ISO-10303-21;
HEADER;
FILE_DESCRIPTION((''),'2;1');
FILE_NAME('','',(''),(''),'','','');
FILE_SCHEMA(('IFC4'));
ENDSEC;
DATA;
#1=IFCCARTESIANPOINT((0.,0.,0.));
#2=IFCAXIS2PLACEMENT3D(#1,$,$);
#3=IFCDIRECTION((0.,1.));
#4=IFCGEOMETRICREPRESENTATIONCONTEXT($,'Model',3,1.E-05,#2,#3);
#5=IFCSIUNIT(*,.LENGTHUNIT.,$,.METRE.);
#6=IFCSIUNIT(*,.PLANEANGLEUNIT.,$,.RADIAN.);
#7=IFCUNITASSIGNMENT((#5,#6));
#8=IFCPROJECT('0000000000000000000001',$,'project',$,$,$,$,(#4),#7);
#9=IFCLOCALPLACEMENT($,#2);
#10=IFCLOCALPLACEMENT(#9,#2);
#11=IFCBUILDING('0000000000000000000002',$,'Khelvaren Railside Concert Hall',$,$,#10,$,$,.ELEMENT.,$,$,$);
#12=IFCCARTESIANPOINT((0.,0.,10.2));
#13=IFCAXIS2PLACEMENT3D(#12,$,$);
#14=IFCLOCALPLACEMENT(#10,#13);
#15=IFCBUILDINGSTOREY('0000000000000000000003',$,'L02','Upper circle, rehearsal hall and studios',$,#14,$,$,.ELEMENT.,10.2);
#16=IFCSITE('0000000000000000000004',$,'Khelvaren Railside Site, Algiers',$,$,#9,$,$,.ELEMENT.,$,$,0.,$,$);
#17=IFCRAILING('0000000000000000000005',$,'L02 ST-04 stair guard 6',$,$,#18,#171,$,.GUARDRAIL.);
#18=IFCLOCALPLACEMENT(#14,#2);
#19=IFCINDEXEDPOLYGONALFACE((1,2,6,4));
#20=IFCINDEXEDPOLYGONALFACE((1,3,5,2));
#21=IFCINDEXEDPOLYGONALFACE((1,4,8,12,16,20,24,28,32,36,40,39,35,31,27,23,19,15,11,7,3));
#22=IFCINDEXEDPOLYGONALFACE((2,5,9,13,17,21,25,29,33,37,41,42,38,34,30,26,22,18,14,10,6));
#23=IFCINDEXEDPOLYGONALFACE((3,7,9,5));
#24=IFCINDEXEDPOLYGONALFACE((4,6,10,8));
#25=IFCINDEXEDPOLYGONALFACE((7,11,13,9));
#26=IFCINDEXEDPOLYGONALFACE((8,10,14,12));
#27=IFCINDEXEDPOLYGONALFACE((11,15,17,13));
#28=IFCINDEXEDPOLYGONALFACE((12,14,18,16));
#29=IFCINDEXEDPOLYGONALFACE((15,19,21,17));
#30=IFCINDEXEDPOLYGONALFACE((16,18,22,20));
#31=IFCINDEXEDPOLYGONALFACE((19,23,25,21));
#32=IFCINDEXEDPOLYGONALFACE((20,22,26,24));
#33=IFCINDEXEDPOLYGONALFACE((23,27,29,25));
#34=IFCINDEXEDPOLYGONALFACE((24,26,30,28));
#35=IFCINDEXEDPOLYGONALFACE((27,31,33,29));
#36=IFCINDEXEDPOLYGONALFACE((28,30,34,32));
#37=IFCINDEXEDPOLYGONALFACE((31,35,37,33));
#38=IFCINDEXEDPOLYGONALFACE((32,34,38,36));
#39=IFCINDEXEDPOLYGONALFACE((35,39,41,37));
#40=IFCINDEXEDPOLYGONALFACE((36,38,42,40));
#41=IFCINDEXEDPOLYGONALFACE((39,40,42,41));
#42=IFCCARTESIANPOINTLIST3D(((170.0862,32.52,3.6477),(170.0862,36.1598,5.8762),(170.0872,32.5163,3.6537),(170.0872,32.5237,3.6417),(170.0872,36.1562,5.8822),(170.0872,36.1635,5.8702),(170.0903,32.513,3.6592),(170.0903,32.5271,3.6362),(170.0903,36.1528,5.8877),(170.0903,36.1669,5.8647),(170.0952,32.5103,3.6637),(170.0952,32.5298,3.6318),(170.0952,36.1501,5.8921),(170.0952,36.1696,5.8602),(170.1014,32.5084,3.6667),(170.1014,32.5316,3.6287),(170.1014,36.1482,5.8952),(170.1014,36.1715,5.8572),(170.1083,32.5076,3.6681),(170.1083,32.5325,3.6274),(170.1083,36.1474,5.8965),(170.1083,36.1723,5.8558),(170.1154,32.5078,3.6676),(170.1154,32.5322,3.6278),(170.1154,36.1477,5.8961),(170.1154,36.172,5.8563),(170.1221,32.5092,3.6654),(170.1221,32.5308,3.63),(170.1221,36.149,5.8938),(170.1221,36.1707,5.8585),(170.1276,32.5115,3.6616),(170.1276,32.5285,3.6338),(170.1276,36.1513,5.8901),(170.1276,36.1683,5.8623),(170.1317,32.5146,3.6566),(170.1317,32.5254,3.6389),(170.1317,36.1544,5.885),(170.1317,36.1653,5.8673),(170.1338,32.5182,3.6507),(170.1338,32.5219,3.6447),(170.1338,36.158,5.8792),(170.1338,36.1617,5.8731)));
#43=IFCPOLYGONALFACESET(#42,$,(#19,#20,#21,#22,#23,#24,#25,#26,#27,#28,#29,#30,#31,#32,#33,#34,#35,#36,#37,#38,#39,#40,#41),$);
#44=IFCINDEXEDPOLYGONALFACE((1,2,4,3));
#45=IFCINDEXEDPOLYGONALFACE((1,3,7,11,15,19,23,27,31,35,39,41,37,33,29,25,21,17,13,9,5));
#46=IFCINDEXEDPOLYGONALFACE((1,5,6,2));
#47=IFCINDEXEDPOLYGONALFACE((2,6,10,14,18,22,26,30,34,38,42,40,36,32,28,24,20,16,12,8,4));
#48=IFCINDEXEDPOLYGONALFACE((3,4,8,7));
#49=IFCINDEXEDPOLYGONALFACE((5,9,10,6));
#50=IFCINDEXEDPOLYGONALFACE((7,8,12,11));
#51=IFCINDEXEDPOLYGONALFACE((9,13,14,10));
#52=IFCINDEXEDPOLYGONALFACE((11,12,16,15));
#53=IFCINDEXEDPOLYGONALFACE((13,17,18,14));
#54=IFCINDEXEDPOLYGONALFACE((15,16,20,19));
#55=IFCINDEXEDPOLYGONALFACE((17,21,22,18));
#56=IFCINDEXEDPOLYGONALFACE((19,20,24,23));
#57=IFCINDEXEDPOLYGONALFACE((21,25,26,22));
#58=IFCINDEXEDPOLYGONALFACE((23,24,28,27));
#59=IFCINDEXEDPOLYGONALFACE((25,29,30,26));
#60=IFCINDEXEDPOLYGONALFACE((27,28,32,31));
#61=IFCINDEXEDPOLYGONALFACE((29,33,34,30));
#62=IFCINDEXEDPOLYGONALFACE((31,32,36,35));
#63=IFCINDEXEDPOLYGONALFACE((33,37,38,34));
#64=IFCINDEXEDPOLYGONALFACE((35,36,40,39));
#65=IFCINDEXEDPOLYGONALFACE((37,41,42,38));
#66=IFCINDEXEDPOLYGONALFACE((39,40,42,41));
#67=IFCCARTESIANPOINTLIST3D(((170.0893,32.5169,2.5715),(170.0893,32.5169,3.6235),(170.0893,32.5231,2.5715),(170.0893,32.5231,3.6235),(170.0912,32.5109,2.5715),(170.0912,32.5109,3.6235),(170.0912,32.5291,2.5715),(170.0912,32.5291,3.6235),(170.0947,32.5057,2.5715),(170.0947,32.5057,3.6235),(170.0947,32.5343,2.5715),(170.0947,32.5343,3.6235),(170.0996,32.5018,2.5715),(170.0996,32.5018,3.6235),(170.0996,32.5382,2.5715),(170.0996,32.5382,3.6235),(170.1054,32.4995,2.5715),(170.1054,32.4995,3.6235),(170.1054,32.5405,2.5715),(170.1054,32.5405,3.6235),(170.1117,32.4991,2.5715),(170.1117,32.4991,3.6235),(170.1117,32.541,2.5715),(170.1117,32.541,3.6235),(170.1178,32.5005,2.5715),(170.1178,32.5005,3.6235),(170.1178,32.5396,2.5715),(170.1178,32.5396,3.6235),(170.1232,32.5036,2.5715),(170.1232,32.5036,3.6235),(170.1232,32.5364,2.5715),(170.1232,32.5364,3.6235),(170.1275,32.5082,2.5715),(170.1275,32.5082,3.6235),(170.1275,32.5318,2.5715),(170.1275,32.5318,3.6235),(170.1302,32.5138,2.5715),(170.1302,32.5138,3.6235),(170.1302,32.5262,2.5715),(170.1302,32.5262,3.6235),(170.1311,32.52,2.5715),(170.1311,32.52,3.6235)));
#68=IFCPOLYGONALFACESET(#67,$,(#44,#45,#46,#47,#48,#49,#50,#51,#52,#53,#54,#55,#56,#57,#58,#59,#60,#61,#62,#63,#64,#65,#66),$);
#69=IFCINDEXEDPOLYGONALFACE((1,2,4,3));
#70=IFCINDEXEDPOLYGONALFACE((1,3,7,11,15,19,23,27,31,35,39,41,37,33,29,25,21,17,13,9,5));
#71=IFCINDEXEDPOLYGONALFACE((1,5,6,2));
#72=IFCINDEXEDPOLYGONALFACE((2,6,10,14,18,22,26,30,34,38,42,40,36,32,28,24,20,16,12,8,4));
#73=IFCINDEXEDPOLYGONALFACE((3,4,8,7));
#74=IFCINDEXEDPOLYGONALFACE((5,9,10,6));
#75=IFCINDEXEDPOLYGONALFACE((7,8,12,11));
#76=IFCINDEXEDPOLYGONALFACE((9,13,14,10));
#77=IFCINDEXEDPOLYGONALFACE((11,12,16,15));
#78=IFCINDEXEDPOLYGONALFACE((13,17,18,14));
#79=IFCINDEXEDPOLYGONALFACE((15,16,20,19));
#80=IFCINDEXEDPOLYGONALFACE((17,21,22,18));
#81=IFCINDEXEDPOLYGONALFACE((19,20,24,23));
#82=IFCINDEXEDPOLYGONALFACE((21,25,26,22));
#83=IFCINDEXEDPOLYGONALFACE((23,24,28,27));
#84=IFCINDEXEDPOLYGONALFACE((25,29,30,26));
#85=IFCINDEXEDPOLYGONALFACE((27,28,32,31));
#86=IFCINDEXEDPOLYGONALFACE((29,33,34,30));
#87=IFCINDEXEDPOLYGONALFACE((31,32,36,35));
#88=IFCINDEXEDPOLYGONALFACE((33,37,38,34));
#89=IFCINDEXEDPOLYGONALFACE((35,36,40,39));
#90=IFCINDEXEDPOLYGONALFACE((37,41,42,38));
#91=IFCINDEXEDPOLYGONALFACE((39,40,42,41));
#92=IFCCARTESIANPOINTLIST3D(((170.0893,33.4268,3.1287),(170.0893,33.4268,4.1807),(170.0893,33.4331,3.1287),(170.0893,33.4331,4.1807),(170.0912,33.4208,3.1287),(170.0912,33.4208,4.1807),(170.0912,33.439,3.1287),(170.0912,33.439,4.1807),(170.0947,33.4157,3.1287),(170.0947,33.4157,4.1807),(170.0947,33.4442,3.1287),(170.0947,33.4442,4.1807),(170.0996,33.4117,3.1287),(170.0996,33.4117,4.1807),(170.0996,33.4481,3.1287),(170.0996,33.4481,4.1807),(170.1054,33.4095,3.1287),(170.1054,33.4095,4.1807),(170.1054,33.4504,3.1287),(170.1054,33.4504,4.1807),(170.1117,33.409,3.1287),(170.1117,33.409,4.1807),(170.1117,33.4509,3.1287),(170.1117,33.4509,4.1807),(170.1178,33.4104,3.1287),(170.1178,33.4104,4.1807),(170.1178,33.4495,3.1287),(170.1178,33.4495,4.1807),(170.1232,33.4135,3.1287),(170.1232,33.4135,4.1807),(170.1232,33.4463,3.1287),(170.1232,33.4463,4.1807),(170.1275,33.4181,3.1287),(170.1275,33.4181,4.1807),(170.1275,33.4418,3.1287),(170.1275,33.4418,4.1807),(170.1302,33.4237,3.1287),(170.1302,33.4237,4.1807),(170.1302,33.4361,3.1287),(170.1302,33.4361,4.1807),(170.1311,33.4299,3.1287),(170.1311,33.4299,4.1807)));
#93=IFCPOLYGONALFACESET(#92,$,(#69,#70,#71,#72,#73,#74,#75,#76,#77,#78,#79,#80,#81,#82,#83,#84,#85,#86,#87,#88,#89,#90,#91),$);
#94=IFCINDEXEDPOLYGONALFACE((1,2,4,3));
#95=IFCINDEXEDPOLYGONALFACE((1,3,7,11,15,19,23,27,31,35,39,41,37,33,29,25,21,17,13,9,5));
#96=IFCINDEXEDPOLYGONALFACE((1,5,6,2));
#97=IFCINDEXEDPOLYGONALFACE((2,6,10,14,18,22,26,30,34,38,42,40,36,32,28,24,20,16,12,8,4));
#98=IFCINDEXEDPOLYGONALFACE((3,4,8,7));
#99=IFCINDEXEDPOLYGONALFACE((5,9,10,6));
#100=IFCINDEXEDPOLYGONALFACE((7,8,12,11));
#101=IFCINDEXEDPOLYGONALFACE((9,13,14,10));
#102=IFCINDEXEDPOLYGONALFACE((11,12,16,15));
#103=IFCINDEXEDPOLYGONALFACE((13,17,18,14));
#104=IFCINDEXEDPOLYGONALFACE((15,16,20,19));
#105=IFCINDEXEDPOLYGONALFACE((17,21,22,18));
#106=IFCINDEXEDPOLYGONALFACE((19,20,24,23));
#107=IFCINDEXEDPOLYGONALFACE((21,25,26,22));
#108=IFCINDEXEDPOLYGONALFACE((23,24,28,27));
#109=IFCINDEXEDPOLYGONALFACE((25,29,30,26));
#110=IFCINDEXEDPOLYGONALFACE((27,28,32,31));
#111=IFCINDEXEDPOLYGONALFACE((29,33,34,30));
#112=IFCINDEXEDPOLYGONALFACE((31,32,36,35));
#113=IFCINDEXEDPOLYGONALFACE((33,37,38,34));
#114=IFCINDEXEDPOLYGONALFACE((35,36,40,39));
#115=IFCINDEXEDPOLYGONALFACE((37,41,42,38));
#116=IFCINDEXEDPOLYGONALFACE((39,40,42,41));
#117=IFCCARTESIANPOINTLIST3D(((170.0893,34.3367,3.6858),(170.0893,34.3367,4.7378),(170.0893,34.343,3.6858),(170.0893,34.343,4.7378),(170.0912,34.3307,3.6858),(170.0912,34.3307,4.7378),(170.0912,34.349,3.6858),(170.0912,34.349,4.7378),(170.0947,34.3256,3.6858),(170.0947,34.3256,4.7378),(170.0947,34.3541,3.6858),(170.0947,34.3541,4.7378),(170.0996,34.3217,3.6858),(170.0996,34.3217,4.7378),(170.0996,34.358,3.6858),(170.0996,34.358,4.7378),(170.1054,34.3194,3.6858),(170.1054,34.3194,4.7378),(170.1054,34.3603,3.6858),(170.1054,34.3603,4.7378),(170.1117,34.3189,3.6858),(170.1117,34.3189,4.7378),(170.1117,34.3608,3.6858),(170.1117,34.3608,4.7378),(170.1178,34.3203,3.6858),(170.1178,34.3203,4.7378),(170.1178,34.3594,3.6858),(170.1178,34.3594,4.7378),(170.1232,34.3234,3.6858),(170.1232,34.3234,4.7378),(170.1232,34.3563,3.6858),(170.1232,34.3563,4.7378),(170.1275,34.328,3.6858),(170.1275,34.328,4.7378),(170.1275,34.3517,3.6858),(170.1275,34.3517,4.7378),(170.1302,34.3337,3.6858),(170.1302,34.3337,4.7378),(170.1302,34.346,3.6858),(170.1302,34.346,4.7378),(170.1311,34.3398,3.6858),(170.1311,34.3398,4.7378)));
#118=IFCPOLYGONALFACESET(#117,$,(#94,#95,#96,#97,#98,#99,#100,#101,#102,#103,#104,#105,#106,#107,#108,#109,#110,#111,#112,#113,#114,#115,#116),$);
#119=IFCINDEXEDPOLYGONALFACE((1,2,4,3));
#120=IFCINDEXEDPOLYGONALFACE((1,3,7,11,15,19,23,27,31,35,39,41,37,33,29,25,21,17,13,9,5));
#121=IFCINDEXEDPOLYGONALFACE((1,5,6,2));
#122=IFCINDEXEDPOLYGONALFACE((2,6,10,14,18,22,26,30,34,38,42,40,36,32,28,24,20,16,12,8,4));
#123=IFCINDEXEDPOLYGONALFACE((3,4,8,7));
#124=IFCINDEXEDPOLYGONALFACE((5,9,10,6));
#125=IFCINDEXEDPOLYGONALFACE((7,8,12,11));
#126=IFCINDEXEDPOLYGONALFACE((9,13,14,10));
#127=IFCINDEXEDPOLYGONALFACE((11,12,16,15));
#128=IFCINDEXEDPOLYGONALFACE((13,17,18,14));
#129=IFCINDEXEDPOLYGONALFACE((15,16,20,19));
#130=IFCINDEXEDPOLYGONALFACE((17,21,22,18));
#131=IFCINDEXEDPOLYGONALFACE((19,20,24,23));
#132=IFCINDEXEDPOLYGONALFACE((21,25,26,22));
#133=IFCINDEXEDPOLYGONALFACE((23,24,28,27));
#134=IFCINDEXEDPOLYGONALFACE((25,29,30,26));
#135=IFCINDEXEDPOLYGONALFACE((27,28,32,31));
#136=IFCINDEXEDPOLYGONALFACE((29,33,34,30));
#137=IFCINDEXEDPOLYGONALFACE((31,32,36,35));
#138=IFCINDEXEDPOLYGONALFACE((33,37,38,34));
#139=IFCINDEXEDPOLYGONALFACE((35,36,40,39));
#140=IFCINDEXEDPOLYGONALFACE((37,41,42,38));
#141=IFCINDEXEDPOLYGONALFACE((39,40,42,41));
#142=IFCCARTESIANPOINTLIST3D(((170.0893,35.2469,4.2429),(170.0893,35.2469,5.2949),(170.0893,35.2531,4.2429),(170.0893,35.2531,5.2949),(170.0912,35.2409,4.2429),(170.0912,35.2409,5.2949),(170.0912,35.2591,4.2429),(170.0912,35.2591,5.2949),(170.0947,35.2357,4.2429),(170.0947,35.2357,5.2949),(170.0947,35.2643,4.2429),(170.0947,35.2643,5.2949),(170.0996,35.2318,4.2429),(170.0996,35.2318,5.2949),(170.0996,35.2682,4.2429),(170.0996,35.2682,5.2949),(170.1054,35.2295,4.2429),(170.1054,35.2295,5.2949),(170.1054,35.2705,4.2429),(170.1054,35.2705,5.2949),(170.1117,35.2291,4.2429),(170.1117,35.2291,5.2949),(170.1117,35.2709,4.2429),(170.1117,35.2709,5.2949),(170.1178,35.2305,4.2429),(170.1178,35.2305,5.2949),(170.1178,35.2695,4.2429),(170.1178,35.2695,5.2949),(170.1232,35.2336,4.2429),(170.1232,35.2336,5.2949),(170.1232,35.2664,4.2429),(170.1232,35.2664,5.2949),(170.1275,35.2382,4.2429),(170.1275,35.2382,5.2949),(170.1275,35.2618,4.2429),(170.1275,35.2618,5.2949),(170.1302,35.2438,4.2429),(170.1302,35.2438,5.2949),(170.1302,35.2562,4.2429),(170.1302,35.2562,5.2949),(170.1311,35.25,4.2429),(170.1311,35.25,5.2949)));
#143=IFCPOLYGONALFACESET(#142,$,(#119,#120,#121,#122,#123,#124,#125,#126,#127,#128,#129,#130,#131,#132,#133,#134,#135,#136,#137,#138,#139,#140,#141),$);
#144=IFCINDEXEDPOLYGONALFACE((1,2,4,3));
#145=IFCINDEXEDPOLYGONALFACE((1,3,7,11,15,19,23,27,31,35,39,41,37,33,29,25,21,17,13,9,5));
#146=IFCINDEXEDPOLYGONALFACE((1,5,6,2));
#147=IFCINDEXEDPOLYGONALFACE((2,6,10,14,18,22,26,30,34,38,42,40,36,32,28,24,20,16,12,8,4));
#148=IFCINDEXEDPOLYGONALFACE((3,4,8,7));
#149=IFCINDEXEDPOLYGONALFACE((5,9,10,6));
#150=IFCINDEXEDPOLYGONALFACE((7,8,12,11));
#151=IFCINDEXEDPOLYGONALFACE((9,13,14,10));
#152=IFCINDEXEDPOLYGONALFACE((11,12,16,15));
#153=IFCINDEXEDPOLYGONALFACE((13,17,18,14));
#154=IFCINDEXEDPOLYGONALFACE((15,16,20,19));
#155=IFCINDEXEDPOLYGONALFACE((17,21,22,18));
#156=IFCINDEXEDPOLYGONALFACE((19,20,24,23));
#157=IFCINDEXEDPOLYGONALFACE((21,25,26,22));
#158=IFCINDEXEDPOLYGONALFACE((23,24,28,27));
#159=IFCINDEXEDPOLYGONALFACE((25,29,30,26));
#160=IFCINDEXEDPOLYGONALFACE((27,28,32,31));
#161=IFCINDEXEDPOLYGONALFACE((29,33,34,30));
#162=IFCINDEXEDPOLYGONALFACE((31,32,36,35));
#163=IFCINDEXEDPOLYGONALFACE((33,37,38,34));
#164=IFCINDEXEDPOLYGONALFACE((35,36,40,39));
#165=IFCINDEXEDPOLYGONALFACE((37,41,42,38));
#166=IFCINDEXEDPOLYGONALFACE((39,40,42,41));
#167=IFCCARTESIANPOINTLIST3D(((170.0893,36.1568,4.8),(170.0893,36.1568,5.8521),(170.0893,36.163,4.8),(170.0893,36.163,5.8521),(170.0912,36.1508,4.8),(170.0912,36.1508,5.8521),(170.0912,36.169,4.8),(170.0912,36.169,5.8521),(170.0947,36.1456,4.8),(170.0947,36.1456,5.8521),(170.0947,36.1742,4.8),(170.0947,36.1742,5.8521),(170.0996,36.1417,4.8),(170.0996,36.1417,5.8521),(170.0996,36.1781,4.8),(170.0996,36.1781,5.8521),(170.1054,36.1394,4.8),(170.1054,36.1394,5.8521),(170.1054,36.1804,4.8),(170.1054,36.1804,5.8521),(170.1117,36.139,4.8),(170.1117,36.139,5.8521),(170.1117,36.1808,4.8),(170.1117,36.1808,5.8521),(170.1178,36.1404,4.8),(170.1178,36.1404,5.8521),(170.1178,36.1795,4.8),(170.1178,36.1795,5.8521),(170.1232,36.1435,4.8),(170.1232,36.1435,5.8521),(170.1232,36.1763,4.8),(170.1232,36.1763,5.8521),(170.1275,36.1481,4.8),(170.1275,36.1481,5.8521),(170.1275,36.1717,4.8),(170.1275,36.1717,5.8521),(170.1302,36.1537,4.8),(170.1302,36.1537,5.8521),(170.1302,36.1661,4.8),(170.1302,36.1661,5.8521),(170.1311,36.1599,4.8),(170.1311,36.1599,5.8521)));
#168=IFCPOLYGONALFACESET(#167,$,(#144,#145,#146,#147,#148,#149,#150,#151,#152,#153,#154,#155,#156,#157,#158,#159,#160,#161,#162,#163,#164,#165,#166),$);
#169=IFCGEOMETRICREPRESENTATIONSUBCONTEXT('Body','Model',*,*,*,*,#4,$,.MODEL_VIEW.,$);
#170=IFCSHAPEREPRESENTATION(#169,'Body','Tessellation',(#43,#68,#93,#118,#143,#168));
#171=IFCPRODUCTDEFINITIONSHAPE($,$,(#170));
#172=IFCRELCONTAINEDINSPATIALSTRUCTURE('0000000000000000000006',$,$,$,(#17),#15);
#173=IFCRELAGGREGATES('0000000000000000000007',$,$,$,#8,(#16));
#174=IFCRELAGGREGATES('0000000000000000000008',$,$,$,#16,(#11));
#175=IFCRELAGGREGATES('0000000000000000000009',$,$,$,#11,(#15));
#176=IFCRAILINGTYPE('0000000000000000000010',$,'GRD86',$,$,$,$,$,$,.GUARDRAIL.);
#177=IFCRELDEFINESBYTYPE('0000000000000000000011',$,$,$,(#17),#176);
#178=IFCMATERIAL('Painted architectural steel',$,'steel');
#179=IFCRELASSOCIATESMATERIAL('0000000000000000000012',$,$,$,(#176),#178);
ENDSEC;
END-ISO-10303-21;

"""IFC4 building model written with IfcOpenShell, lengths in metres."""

from ifc_helpers import new_model, si_unit, direction, frame, origin, origin_2d, place, context, subcontext, project, spatial, circle, extrude, material, type_object, element, save


model = new_model("IFC4")

# Units and contexts
model_context = context("Model", 3, precision=1e-05, world=origin(), true_north=direction((0.0, 1.0)))
body_context = subcontext(model_context, "Body", "Model", "MODEL_VIEW")
ifc_project = project(units=[si_unit("LENGTHUNIT", "METRE"), si_unit("PLANEANGLEUNIT", "RADIAN")], contexts=[model_context])

# Site, building, storey
site_placement = place(None, origin())
site = spatial("IfcSite", under=ifc_project, at=site_placement, Name="Khelvaren Railside Site, Algiers", CompositionType="ELEMENT", RefElevation=0.0)
building_placement = place(site_placement, origin())
building = spatial("IfcBuilding", under=site, at=building_placement, Name="Khelvaren Railside Concert Hall", CompositionType="ELEMENT")
storey_placement = place(building_placement, frame((0.0, 0.0, 10.2)))
storey = spatial("IfcBuildingStorey", under=building, at=storey_placement, Name="L02", Description="Upper circle, rehearsal hall and studios", CompositionType="ELEMENT", Elevation=10.2)

# Railing
ifc_material_1 = material(Name="Painted architectural steel", Category="steel")
railing_type_1 = type_object("IfcRailingType", Name="GRD86", PredefinedType="GUARDRAIL", material=ifc_material_1)
railing_1_placement = place(storey_placement, frame((170.1101, 32.52, 2.5715)))
element("IfcRailing", 1, at=railing_1_placement, inside=storey, type_object=railing_type_1, Name="L02 ST-04 stair guard 6", PredefinedType="GUARDRAIL", context=body_context, shape_type="SweptSolid", body=[
    extrude(circle(Radius=0.0239, at=origin_2d()), frame((0.0, 0.0, 1.0762), z_axis=(0.0, 0.85285, 0.522156), x_axis=(-1.0, 0.0, 0.0)), (0.0, 0.0, 1.0), 4.2678),
    extrude(circle(Radius=0.021, at=origin_2d()), origin(), (0.0, 0.0, 1.0), 1.052),
    extrude(circle(Radius=0.021, at=origin_2d()), frame((0.0, 0.9099, 0.5571)), (0.0, 0.0, 1.0), 1.052),
    extrude(circle(Radius=0.021, at=origin_2d()), frame((0.0, 1.8198, 1.1143)), (0.0, 0.0, 1.0), 1.052),
    extrude(circle(Radius=0.021, at=origin_2d()), frame((0.0, 2.73, 1.6714)), (0.0, 0.0, 1.0), 1.052),
    extrude(circle(Radius=0.021, at=origin_2d()), frame((0.0, 3.6399, 2.2285)), (0.0, 0.0, 1.0), 1.052),
])

save(model, "model.ifc")
